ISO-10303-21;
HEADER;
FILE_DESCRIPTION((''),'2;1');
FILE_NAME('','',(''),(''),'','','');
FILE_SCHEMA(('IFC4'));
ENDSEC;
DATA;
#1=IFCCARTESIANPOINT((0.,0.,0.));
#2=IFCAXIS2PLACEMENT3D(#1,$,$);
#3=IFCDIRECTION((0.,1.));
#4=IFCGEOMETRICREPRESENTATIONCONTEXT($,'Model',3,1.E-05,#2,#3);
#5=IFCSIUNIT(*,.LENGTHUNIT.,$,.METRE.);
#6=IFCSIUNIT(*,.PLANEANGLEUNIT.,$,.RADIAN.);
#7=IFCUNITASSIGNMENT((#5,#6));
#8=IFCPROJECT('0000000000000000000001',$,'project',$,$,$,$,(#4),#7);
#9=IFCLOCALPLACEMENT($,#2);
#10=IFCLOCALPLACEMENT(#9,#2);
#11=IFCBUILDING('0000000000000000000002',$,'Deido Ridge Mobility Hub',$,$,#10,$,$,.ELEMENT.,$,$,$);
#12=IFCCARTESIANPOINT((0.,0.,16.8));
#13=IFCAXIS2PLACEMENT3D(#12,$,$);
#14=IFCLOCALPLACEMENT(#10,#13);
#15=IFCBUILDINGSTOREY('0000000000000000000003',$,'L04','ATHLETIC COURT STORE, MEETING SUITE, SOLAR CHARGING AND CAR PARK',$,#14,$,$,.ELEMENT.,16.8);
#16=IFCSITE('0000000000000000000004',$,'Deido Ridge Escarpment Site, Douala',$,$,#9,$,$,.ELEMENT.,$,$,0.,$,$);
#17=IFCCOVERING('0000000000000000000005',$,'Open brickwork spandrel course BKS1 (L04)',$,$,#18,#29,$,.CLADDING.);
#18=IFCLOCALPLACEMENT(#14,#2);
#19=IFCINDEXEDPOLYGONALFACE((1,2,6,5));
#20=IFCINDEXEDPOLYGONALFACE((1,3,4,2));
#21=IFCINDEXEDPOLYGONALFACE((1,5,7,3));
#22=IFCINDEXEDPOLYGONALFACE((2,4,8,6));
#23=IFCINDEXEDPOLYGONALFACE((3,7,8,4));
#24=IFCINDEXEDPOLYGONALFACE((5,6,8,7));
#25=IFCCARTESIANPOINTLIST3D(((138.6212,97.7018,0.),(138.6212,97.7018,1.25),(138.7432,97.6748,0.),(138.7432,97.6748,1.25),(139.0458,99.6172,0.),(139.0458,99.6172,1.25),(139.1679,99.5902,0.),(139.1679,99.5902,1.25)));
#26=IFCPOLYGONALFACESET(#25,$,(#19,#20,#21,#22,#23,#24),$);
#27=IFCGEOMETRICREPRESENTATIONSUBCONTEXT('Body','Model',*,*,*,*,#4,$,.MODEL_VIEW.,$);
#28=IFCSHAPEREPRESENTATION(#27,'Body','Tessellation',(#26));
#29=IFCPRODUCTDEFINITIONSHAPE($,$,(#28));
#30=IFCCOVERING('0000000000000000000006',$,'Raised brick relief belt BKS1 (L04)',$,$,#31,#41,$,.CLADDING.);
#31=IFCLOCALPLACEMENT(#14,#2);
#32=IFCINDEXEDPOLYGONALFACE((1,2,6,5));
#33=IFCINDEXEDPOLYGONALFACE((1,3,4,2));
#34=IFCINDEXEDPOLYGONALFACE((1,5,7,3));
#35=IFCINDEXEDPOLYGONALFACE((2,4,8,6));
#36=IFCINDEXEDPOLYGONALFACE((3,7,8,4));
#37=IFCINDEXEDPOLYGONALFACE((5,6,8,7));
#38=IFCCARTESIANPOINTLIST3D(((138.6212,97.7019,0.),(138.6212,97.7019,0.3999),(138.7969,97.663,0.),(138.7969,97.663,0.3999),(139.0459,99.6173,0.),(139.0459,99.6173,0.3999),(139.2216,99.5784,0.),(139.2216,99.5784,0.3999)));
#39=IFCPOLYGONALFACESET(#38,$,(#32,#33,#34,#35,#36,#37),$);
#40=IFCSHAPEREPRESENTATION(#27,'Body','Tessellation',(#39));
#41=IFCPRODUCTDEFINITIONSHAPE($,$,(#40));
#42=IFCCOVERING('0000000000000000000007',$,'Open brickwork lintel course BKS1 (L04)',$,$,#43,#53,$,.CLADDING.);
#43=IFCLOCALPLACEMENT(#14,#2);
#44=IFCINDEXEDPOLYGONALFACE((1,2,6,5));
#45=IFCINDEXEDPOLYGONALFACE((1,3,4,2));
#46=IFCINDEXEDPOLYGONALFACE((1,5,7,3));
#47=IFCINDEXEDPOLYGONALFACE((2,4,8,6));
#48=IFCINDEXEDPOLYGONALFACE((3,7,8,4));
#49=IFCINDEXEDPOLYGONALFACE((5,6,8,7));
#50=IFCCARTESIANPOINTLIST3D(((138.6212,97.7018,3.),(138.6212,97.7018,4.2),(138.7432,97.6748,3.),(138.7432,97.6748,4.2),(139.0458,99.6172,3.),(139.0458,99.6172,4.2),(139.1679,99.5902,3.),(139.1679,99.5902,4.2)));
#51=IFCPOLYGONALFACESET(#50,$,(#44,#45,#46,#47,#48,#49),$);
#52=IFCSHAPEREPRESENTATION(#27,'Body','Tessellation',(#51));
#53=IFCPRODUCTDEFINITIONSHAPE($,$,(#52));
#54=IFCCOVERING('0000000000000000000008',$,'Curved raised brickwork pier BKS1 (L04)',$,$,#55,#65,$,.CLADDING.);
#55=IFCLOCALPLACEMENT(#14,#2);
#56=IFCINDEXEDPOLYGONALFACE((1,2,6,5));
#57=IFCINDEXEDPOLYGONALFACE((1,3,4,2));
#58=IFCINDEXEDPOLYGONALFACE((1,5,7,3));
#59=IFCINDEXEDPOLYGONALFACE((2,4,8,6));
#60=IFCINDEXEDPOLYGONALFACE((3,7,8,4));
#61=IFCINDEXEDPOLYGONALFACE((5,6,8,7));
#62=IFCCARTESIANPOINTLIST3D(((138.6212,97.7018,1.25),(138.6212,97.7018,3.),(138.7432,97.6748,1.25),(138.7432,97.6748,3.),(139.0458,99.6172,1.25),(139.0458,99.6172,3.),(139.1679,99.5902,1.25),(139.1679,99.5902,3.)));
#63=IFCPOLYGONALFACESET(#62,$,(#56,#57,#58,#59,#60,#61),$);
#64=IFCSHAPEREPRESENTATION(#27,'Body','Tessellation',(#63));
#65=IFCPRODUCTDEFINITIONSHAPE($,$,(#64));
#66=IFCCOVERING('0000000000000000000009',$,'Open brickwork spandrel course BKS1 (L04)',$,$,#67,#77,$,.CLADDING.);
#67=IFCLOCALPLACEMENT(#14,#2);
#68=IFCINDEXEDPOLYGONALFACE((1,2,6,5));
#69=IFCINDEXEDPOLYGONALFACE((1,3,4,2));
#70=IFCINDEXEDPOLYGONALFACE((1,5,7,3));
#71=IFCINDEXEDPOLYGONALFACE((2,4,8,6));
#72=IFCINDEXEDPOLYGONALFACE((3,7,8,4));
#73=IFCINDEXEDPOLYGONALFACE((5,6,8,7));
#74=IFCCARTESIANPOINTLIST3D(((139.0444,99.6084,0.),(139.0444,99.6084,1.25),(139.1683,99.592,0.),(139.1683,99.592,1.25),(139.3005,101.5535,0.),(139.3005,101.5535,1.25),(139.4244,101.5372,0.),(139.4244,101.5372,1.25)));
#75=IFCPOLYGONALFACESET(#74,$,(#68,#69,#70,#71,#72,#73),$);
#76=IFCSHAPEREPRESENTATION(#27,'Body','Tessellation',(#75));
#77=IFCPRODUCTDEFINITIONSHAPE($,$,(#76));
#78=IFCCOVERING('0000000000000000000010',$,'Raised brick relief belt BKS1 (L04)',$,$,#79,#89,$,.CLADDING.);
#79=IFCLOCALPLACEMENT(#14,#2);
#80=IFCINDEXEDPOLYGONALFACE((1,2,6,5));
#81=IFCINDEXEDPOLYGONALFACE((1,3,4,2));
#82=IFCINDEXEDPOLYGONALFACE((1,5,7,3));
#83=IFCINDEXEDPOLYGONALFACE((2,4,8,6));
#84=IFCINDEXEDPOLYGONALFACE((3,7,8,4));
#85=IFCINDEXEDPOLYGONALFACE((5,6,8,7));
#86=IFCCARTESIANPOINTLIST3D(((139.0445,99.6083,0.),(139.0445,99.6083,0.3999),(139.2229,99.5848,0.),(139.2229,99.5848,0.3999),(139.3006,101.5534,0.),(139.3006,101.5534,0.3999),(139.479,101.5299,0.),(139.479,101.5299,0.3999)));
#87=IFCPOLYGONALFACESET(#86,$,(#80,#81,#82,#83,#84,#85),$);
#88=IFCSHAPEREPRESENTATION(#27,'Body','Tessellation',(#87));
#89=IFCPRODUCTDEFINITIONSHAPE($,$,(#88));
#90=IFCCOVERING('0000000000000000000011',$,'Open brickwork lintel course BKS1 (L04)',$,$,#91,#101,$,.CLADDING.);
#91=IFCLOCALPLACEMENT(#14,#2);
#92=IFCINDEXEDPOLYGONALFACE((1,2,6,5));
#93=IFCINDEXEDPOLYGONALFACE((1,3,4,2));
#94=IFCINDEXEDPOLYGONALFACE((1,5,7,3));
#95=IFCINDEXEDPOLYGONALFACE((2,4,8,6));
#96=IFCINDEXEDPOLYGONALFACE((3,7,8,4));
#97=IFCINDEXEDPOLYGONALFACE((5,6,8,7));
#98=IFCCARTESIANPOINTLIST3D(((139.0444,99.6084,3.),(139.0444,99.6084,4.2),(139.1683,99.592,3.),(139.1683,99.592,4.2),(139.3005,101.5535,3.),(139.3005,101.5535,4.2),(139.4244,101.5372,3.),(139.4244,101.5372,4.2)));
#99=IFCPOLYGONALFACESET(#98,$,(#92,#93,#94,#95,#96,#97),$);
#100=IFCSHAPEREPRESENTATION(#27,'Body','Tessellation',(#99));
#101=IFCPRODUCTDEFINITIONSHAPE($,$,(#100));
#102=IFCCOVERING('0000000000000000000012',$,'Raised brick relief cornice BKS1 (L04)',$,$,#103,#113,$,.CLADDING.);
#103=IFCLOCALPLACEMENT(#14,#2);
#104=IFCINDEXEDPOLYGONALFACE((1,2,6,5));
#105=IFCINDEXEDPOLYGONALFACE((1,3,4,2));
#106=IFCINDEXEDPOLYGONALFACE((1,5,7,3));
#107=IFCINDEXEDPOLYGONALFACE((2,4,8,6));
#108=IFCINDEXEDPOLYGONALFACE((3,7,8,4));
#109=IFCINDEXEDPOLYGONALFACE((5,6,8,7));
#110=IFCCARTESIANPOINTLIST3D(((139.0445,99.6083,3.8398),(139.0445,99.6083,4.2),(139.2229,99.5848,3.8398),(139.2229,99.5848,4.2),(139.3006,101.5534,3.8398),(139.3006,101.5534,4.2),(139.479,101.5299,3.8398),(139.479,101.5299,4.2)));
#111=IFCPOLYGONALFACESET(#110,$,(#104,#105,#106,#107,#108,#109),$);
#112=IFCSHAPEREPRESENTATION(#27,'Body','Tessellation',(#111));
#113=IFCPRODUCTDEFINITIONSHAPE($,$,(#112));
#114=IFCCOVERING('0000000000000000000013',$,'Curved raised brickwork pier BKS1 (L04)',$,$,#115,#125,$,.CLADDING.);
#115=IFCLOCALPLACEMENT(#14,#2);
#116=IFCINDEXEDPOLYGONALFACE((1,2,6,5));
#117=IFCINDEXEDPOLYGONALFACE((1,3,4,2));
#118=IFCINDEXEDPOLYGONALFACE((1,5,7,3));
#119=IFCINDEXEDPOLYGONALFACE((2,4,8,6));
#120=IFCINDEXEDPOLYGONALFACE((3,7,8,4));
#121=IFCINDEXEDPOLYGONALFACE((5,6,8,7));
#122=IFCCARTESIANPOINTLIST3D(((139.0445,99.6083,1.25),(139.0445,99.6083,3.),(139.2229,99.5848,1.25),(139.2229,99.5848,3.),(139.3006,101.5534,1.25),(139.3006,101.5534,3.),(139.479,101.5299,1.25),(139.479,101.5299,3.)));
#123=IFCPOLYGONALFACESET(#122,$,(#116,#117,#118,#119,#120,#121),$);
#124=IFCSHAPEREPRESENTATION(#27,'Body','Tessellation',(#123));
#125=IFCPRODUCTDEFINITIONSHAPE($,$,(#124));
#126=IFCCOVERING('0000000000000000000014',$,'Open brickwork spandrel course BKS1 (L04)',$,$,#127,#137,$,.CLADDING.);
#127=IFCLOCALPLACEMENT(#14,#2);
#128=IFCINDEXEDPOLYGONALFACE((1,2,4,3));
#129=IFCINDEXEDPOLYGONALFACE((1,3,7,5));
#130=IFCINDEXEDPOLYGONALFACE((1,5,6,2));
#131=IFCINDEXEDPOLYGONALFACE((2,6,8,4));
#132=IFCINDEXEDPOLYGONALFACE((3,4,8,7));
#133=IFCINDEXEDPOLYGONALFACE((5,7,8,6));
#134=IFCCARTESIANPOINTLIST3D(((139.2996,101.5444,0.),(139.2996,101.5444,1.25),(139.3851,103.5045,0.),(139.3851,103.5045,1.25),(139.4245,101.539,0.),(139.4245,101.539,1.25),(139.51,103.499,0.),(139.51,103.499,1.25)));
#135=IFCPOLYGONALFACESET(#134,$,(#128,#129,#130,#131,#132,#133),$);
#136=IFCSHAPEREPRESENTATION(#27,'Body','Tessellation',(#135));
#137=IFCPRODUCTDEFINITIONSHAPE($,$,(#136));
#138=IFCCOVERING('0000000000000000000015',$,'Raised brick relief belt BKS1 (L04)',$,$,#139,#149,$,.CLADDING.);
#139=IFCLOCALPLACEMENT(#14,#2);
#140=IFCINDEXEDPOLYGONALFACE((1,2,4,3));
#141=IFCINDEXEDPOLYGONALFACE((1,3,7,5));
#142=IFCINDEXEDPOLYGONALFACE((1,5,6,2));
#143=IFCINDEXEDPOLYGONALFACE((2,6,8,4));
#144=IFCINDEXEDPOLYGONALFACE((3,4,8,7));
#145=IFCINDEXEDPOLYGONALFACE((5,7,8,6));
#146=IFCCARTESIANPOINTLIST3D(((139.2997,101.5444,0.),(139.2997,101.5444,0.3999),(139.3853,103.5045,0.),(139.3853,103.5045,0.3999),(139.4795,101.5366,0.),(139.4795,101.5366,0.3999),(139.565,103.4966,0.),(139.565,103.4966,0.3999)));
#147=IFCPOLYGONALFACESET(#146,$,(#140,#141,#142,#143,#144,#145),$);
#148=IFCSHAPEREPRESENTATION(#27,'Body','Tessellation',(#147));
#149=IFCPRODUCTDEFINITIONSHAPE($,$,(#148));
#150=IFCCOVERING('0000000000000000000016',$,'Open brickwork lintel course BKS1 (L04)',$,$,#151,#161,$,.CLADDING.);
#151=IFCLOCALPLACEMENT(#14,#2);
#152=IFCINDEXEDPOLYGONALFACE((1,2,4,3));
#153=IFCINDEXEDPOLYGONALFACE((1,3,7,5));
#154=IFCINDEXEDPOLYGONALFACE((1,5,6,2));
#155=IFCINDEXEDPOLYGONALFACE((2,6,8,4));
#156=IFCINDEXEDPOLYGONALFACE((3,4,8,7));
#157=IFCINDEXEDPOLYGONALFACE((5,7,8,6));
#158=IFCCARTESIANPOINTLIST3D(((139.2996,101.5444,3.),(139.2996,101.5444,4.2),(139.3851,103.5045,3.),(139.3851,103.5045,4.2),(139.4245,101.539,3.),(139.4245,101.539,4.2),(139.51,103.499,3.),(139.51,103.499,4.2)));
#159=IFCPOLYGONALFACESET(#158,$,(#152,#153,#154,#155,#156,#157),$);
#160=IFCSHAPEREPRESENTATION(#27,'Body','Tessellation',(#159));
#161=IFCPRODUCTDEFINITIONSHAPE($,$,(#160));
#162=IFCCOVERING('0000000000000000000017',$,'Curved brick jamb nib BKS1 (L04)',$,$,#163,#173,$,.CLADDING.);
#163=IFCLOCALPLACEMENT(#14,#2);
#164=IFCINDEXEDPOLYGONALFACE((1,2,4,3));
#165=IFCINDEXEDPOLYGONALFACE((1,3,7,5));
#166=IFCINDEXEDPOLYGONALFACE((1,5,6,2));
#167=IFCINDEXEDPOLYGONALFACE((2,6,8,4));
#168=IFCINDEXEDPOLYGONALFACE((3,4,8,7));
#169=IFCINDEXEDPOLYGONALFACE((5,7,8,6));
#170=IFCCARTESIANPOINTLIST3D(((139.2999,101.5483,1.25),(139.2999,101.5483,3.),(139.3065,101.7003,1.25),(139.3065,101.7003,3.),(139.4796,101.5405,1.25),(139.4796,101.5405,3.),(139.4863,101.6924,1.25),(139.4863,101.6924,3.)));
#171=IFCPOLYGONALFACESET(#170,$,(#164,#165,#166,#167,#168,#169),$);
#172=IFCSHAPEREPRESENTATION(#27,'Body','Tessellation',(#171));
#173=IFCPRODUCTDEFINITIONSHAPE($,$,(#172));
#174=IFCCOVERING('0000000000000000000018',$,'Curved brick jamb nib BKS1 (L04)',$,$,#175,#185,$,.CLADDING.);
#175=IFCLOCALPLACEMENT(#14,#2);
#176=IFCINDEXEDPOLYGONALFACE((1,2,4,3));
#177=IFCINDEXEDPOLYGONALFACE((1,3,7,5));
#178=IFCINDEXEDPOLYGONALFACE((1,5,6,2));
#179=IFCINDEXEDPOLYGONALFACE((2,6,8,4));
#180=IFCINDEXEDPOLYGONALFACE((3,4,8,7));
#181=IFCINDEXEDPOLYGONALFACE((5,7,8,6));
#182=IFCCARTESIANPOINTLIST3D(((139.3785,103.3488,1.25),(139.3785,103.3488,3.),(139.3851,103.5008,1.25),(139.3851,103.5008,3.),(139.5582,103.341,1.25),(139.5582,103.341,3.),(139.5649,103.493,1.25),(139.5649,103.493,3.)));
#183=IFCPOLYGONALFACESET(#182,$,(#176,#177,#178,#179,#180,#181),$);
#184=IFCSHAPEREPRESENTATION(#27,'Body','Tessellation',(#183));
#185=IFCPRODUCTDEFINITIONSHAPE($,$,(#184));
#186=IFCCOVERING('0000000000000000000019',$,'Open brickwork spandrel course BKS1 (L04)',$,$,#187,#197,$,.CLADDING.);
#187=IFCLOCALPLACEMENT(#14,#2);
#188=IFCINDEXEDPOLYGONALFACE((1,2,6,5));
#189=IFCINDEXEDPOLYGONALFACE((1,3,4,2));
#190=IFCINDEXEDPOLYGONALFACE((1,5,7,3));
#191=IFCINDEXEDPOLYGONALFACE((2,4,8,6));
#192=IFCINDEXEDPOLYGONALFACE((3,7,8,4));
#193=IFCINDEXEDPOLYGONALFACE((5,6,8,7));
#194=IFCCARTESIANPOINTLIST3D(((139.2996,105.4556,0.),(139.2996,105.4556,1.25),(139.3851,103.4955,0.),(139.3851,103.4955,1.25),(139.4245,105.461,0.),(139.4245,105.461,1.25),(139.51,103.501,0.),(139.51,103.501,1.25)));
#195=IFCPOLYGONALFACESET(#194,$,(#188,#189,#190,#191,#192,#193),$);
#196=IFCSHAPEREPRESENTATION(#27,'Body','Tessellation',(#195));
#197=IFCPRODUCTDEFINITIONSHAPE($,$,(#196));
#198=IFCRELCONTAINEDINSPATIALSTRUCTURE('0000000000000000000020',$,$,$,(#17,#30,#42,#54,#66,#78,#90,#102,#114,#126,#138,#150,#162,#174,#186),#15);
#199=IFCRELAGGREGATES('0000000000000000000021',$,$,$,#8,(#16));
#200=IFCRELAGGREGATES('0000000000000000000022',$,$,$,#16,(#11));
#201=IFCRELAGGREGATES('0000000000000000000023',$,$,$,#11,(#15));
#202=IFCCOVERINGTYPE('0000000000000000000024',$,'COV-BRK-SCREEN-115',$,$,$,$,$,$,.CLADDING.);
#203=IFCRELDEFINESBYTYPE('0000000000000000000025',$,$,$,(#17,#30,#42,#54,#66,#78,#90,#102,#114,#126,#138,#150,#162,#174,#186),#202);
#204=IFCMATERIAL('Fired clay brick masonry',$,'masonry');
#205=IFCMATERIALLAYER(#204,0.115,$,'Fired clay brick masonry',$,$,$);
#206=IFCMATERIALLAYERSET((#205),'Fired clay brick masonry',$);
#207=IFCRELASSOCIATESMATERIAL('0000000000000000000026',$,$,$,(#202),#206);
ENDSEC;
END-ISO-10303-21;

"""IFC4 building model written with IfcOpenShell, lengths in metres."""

from ifc_helpers import new_model, si_unit, direction, frame, origin, origin_2d, place, context, subcontext, project, spatial, rectangle, extrude, material, layer, layer_set, type_object, element, save


model = new_model("IFC4")

# Units and contexts
model_context = context("Model", 3, precision=1e-05, world=origin(), true_north=direction((0.0, 1.0)))
body_context = subcontext(model_context, "Body", "Model", "MODEL_VIEW")
ifc_project = project(units=[si_unit("LENGTHUNIT", "METRE"), si_unit("PLANEANGLEUNIT", "RADIAN")], contexts=[model_context])

# Site, building, storey
site_placement = place(None, origin())
site = spatial("IfcSite", under=ifc_project, at=site_placement, Name="Deido Ridge Escarpment Site, Douala", CompositionType="ELEMENT", RefElevation=0.0)
building_placement = place(site_placement, origin())
building = spatial("IfcBuilding", under=site, at=building_placement, Name="Deido Ridge Mobility Hub", CompositionType="ELEMENT")
storey_placement = place(building_placement, frame((0.0, 0.0, 16.8)))
storey = spatial("IfcBuildingStorey", under=building, at=storey_placement, Name="L04", Description="ATHLETIC COURT STORE, MEETING SUITE, SOLAR CHARGING AND CAR PARK", CompositionType="ELEMENT", Elevation=16.8)

# Coverings
ifc_material_1 = material(Name="Fired clay brick masonry", Category="masonry")
ifc_layer = layer(ifc_material_1, 0.115, Name="Fired clay brick masonry")
ifc_layer_set = layer_set([ifc_layer], Name="Fired clay brick masonry")
covering_type = type_object("IfcCoveringType", Name="COV-BRK-SCREEN-115", PredefinedType="CLADDING", material=ifc_layer_set)
covering_1_placement = place(storey_placement, frame((138.8945, 98.646, 0.0), z_axis=(0.0, 0.0, 1.0), x_axis=(0.216457, 0.976292, 0.0)))
element("IfcCovering", 1, at=covering_1_placement, inside=storey, type_object=covering_type, Name="Open brickwork spandrel course BKS1 (L04)", PredefinedType="CLADDING", context=body_context, shape_type="SweptSolid", body=[
    extrude(rectangle(XDim=1.9619, YDim=0.125, at=origin_2d()), origin(), (0.0, 0.0, 1.0), 1.25),
])
covering_2_placement = place(storey_placement, frame((138.9214, 98.6401, 0.0), z_axis=(0.0, 0.0, 1.0), x_axis=(0.216457, 0.976292, 0.0)))
element("IfcCovering", 2, at=covering_2_placement, inside=storey, type_object=covering_type, Name="Raised brick relief belt BKS1 (L04)", PredefinedType="CLADDING", context=body_context, shape_type="SweptSolid", body=[
    extrude(rectangle(XDim=1.9619, YDim=0.1799, at=origin_2d()), origin(), (0.0, 0.0, 1.0), 0.3999),
])
covering_3_placement = place(storey_placement, frame((138.8945, 98.646, 3.0), z_axis=(0.0, 0.0, 1.0), x_axis=(0.216457, 0.976292, 0.0)))
element("IfcCovering", 3, at=covering_3_placement, inside=storey, type_object=covering_type, Name="Open brickwork lintel course BKS1 (L04)", PredefinedType="CLADDING", context=body_context, shape_type="SweptSolid", body=[
    extrude(rectangle(XDim=1.9619, YDim=0.125, at=origin_2d()), origin(), (0.0, 0.0, 1.0), 1.2),
])
covering_4_placement = place(storey_placement, frame((138.8945, 98.646, 1.25), z_axis=(0.0, 0.0, 1.0), x_axis=(0.216457, 0.976292, 0.0)))
element("IfcCovering", 4, at=covering_4_placement, inside=storey, type_object=covering_type, Name="Curved raised brickwork pier BKS1 (L04)", PredefinedType="CLADDING", context=body_context, shape_type="SweptSolid", body=[
    extrude(rectangle(XDim=1.9619, YDim=0.125, at=origin_2d()), origin(), (0.0, 0.0, 1.0), 1.75),
])
covering_5_placement = place(storey_placement, frame((139.2344, 100.5728, 0.0), z_axis=(0.0, 0.0, 1.0), x_axis=(0.130543, 0.991443, 0.0)))
element("IfcCovering", 5, at=covering_5_placement, inside=storey, type_object=covering_type, Name="Open brickwork spandrel course BKS1 (L04)", PredefinedType="CLADDING", context=body_context, shape_type="SweptSolid", body=[
    extrude(rectangle(XDim=1.9619, YDim=0.125, at=origin_2d()), origin(), (0.0, 0.0, 1.0), 1.25),
])
covering_6_placement = place(storey_placement, frame((139.2617, 100.5691, 0.0), z_axis=(0.0, 0.0, 1.0), x_axis=(0.130543, 0.991443, 0.0)))
element("IfcCovering", 6, at=covering_6_placement, inside=storey, type_object=covering_type, Name="Raised brick relief belt BKS1 (L04)", PredefinedType="CLADDING", context=body_context, shape_type="SweptSolid", body=[
    extrude(rectangle(XDim=1.9619, YDim=0.1799, at=origin_2d()), origin(), (0.0, 0.0, 1.0), 0.3999),
])
covering_7_placement = place(storey_placement, frame((139.2344, 100.5728, 3.0), z_axis=(0.0, 0.0, 1.0), x_axis=(0.130543, 0.991443, 0.0)))
element("IfcCovering", 7, at=covering_7_placement, inside=storey, type_object=covering_type, Name="Open brickwork lintel course BKS1 (L04)", PredefinedType="CLADDING", context=body_context, shape_type="SweptSolid", body=[
    extrude(rectangle(XDim=1.9619, YDim=0.125, at=origin_2d()), origin(), (0.0, 0.0, 1.0), 1.2),
])
covering_8_placement = place(storey_placement, frame((139.2617, 100.5691, 3.8398), z_axis=(0.0, 0.0, 1.0), x_axis=(0.130543, 0.991443, 0.0)))
element("IfcCovering", 8, at=covering_8_placement, inside=storey, type_object=covering_type, Name="Raised brick relief cornice BKS1 (L04)", PredefinedType="CLADDING", context=body_context, shape_type="SweptSolid", body=[
    extrude(rectangle(XDim=1.9619, YDim=0.1799, at=origin_2d()), origin(), (0.0, 0.0, 1.0), 0.3601),
])
covering_9_placement = place(storey_placement, frame((139.2617, 100.5691, 1.25), z_axis=(0.0, 0.0, 1.0), x_axis=(0.130543, 0.991443, 0.0)))
element("IfcCovering", 9, at=covering_9_placement, inside=storey, type_object=covering_type, Name="Curved raised brickwork pier BKS1 (L04)", PredefinedType="CLADDING", context=body_context, shape_type="SweptSolid", body=[
    extrude(rectangle(XDim=1.9619, YDim=0.1799, at=origin_2d()), origin(), (0.0, 0.0, 1.0), 1.75),
])
covering_10_placement = place(storey_placement, frame((139.4048, 102.5217, 0.0), z_axis=(0.0, 0.0, 1.0), x_axis=(0.043602, 0.999049, 0.0)))
element("IfcCovering", 10, at=covering_10_placement, inside=storey, type_object=covering_type, Name="Open brickwork spandrel course BKS1 (L04)", PredefinedType="CLADDING", context=body_context, shape_type="SweptSolid", body=[
    extrude(rectangle(XDim=1.9619, YDim=0.125, at=origin_2d()), origin(), (0.0, 0.0, 1.0), 1.25),
])
covering_11_placement = place(storey_placement, frame((139.4324, 102.5205, 0.0), z_axis=(0.0, 0.0, 1.0), x_axis=(0.043602, 0.999049, 0.0)))
element("IfcCovering", 11, at=covering_11_placement, inside=storey, type_object=covering_type, Name="Raised brick relief belt BKS1 (L04)", PredefinedType="CLADDING", context=body_context, shape_type="SweptSolid", body=[
    extrude(rectangle(XDim=1.9619, YDim=0.1799, at=origin_2d()), origin(), (0.0, 0.0, 1.0), 0.3999),
])
covering_12_placement = place(storey_placement, frame((139.4048, 102.5217, 3.0), z_axis=(0.0, 0.0, 1.0), x_axis=(0.043602, 0.999049, 0.0)))
element("IfcCovering", 12, at=covering_12_placement, inside=storey, type_object=covering_type, Name="Open brickwork lintel course BKS1 (L04)", PredefinedType="CLADDING", context=body_context, shape_type="SweptSolid", body=[
    extrude(rectangle(XDim=1.9619, YDim=0.125, at=origin_2d()), origin(), (0.0, 0.0, 1.0), 1.2),
])
for number, where, z_axis, x_axis, name in (
    (13, (139.3931, 101.6204, 1.25), (0.0, 0.0, 1.0), (0.043602, 0.999049, 0.0), "Curved brick jamb nib BKS1 (L04)"),
    (14, (139.4717, 103.4209, 1.25), (0.0, 0.0, 1.0), (0.043602, 0.999049, 0.0), "Curved brick jamb nib BKS1 (L04)"),
):
    element("IfcCovering", number, at=place(storey_placement, frame(where, z_axis=z_axis, x_axis=x_axis)), inside=storey, type_object=covering_type, Name=name, PredefinedType="CLADDING", context=body_context, shape_type="SweptSolid", body=[
        extrude(rectangle(XDim=0.1521, YDim=0.1799, at=origin_2d()), origin(), (0.0, 0.0, 1.0), 1.75),
    ])
covering_13_placement = place(storey_placement, frame((139.4048, 104.4783, 0.0), z_axis=(0.0, 0.0, 1.0), x_axis=(-0.043602, 0.999049, 0.0)))
element("IfcCovering", 15, at=covering_13_placement, inside=storey, type_object=covering_type, Name="Open brickwork spandrel course BKS1 (L04)", PredefinedType="CLADDING", context=body_context, shape_type="SweptSolid", body=[
    extrude(rectangle(XDim=1.9619, YDim=0.125, at=origin_2d()), origin(), (0.0, 0.0, 1.0), 1.25),
])

save(model, "model.ifc")
